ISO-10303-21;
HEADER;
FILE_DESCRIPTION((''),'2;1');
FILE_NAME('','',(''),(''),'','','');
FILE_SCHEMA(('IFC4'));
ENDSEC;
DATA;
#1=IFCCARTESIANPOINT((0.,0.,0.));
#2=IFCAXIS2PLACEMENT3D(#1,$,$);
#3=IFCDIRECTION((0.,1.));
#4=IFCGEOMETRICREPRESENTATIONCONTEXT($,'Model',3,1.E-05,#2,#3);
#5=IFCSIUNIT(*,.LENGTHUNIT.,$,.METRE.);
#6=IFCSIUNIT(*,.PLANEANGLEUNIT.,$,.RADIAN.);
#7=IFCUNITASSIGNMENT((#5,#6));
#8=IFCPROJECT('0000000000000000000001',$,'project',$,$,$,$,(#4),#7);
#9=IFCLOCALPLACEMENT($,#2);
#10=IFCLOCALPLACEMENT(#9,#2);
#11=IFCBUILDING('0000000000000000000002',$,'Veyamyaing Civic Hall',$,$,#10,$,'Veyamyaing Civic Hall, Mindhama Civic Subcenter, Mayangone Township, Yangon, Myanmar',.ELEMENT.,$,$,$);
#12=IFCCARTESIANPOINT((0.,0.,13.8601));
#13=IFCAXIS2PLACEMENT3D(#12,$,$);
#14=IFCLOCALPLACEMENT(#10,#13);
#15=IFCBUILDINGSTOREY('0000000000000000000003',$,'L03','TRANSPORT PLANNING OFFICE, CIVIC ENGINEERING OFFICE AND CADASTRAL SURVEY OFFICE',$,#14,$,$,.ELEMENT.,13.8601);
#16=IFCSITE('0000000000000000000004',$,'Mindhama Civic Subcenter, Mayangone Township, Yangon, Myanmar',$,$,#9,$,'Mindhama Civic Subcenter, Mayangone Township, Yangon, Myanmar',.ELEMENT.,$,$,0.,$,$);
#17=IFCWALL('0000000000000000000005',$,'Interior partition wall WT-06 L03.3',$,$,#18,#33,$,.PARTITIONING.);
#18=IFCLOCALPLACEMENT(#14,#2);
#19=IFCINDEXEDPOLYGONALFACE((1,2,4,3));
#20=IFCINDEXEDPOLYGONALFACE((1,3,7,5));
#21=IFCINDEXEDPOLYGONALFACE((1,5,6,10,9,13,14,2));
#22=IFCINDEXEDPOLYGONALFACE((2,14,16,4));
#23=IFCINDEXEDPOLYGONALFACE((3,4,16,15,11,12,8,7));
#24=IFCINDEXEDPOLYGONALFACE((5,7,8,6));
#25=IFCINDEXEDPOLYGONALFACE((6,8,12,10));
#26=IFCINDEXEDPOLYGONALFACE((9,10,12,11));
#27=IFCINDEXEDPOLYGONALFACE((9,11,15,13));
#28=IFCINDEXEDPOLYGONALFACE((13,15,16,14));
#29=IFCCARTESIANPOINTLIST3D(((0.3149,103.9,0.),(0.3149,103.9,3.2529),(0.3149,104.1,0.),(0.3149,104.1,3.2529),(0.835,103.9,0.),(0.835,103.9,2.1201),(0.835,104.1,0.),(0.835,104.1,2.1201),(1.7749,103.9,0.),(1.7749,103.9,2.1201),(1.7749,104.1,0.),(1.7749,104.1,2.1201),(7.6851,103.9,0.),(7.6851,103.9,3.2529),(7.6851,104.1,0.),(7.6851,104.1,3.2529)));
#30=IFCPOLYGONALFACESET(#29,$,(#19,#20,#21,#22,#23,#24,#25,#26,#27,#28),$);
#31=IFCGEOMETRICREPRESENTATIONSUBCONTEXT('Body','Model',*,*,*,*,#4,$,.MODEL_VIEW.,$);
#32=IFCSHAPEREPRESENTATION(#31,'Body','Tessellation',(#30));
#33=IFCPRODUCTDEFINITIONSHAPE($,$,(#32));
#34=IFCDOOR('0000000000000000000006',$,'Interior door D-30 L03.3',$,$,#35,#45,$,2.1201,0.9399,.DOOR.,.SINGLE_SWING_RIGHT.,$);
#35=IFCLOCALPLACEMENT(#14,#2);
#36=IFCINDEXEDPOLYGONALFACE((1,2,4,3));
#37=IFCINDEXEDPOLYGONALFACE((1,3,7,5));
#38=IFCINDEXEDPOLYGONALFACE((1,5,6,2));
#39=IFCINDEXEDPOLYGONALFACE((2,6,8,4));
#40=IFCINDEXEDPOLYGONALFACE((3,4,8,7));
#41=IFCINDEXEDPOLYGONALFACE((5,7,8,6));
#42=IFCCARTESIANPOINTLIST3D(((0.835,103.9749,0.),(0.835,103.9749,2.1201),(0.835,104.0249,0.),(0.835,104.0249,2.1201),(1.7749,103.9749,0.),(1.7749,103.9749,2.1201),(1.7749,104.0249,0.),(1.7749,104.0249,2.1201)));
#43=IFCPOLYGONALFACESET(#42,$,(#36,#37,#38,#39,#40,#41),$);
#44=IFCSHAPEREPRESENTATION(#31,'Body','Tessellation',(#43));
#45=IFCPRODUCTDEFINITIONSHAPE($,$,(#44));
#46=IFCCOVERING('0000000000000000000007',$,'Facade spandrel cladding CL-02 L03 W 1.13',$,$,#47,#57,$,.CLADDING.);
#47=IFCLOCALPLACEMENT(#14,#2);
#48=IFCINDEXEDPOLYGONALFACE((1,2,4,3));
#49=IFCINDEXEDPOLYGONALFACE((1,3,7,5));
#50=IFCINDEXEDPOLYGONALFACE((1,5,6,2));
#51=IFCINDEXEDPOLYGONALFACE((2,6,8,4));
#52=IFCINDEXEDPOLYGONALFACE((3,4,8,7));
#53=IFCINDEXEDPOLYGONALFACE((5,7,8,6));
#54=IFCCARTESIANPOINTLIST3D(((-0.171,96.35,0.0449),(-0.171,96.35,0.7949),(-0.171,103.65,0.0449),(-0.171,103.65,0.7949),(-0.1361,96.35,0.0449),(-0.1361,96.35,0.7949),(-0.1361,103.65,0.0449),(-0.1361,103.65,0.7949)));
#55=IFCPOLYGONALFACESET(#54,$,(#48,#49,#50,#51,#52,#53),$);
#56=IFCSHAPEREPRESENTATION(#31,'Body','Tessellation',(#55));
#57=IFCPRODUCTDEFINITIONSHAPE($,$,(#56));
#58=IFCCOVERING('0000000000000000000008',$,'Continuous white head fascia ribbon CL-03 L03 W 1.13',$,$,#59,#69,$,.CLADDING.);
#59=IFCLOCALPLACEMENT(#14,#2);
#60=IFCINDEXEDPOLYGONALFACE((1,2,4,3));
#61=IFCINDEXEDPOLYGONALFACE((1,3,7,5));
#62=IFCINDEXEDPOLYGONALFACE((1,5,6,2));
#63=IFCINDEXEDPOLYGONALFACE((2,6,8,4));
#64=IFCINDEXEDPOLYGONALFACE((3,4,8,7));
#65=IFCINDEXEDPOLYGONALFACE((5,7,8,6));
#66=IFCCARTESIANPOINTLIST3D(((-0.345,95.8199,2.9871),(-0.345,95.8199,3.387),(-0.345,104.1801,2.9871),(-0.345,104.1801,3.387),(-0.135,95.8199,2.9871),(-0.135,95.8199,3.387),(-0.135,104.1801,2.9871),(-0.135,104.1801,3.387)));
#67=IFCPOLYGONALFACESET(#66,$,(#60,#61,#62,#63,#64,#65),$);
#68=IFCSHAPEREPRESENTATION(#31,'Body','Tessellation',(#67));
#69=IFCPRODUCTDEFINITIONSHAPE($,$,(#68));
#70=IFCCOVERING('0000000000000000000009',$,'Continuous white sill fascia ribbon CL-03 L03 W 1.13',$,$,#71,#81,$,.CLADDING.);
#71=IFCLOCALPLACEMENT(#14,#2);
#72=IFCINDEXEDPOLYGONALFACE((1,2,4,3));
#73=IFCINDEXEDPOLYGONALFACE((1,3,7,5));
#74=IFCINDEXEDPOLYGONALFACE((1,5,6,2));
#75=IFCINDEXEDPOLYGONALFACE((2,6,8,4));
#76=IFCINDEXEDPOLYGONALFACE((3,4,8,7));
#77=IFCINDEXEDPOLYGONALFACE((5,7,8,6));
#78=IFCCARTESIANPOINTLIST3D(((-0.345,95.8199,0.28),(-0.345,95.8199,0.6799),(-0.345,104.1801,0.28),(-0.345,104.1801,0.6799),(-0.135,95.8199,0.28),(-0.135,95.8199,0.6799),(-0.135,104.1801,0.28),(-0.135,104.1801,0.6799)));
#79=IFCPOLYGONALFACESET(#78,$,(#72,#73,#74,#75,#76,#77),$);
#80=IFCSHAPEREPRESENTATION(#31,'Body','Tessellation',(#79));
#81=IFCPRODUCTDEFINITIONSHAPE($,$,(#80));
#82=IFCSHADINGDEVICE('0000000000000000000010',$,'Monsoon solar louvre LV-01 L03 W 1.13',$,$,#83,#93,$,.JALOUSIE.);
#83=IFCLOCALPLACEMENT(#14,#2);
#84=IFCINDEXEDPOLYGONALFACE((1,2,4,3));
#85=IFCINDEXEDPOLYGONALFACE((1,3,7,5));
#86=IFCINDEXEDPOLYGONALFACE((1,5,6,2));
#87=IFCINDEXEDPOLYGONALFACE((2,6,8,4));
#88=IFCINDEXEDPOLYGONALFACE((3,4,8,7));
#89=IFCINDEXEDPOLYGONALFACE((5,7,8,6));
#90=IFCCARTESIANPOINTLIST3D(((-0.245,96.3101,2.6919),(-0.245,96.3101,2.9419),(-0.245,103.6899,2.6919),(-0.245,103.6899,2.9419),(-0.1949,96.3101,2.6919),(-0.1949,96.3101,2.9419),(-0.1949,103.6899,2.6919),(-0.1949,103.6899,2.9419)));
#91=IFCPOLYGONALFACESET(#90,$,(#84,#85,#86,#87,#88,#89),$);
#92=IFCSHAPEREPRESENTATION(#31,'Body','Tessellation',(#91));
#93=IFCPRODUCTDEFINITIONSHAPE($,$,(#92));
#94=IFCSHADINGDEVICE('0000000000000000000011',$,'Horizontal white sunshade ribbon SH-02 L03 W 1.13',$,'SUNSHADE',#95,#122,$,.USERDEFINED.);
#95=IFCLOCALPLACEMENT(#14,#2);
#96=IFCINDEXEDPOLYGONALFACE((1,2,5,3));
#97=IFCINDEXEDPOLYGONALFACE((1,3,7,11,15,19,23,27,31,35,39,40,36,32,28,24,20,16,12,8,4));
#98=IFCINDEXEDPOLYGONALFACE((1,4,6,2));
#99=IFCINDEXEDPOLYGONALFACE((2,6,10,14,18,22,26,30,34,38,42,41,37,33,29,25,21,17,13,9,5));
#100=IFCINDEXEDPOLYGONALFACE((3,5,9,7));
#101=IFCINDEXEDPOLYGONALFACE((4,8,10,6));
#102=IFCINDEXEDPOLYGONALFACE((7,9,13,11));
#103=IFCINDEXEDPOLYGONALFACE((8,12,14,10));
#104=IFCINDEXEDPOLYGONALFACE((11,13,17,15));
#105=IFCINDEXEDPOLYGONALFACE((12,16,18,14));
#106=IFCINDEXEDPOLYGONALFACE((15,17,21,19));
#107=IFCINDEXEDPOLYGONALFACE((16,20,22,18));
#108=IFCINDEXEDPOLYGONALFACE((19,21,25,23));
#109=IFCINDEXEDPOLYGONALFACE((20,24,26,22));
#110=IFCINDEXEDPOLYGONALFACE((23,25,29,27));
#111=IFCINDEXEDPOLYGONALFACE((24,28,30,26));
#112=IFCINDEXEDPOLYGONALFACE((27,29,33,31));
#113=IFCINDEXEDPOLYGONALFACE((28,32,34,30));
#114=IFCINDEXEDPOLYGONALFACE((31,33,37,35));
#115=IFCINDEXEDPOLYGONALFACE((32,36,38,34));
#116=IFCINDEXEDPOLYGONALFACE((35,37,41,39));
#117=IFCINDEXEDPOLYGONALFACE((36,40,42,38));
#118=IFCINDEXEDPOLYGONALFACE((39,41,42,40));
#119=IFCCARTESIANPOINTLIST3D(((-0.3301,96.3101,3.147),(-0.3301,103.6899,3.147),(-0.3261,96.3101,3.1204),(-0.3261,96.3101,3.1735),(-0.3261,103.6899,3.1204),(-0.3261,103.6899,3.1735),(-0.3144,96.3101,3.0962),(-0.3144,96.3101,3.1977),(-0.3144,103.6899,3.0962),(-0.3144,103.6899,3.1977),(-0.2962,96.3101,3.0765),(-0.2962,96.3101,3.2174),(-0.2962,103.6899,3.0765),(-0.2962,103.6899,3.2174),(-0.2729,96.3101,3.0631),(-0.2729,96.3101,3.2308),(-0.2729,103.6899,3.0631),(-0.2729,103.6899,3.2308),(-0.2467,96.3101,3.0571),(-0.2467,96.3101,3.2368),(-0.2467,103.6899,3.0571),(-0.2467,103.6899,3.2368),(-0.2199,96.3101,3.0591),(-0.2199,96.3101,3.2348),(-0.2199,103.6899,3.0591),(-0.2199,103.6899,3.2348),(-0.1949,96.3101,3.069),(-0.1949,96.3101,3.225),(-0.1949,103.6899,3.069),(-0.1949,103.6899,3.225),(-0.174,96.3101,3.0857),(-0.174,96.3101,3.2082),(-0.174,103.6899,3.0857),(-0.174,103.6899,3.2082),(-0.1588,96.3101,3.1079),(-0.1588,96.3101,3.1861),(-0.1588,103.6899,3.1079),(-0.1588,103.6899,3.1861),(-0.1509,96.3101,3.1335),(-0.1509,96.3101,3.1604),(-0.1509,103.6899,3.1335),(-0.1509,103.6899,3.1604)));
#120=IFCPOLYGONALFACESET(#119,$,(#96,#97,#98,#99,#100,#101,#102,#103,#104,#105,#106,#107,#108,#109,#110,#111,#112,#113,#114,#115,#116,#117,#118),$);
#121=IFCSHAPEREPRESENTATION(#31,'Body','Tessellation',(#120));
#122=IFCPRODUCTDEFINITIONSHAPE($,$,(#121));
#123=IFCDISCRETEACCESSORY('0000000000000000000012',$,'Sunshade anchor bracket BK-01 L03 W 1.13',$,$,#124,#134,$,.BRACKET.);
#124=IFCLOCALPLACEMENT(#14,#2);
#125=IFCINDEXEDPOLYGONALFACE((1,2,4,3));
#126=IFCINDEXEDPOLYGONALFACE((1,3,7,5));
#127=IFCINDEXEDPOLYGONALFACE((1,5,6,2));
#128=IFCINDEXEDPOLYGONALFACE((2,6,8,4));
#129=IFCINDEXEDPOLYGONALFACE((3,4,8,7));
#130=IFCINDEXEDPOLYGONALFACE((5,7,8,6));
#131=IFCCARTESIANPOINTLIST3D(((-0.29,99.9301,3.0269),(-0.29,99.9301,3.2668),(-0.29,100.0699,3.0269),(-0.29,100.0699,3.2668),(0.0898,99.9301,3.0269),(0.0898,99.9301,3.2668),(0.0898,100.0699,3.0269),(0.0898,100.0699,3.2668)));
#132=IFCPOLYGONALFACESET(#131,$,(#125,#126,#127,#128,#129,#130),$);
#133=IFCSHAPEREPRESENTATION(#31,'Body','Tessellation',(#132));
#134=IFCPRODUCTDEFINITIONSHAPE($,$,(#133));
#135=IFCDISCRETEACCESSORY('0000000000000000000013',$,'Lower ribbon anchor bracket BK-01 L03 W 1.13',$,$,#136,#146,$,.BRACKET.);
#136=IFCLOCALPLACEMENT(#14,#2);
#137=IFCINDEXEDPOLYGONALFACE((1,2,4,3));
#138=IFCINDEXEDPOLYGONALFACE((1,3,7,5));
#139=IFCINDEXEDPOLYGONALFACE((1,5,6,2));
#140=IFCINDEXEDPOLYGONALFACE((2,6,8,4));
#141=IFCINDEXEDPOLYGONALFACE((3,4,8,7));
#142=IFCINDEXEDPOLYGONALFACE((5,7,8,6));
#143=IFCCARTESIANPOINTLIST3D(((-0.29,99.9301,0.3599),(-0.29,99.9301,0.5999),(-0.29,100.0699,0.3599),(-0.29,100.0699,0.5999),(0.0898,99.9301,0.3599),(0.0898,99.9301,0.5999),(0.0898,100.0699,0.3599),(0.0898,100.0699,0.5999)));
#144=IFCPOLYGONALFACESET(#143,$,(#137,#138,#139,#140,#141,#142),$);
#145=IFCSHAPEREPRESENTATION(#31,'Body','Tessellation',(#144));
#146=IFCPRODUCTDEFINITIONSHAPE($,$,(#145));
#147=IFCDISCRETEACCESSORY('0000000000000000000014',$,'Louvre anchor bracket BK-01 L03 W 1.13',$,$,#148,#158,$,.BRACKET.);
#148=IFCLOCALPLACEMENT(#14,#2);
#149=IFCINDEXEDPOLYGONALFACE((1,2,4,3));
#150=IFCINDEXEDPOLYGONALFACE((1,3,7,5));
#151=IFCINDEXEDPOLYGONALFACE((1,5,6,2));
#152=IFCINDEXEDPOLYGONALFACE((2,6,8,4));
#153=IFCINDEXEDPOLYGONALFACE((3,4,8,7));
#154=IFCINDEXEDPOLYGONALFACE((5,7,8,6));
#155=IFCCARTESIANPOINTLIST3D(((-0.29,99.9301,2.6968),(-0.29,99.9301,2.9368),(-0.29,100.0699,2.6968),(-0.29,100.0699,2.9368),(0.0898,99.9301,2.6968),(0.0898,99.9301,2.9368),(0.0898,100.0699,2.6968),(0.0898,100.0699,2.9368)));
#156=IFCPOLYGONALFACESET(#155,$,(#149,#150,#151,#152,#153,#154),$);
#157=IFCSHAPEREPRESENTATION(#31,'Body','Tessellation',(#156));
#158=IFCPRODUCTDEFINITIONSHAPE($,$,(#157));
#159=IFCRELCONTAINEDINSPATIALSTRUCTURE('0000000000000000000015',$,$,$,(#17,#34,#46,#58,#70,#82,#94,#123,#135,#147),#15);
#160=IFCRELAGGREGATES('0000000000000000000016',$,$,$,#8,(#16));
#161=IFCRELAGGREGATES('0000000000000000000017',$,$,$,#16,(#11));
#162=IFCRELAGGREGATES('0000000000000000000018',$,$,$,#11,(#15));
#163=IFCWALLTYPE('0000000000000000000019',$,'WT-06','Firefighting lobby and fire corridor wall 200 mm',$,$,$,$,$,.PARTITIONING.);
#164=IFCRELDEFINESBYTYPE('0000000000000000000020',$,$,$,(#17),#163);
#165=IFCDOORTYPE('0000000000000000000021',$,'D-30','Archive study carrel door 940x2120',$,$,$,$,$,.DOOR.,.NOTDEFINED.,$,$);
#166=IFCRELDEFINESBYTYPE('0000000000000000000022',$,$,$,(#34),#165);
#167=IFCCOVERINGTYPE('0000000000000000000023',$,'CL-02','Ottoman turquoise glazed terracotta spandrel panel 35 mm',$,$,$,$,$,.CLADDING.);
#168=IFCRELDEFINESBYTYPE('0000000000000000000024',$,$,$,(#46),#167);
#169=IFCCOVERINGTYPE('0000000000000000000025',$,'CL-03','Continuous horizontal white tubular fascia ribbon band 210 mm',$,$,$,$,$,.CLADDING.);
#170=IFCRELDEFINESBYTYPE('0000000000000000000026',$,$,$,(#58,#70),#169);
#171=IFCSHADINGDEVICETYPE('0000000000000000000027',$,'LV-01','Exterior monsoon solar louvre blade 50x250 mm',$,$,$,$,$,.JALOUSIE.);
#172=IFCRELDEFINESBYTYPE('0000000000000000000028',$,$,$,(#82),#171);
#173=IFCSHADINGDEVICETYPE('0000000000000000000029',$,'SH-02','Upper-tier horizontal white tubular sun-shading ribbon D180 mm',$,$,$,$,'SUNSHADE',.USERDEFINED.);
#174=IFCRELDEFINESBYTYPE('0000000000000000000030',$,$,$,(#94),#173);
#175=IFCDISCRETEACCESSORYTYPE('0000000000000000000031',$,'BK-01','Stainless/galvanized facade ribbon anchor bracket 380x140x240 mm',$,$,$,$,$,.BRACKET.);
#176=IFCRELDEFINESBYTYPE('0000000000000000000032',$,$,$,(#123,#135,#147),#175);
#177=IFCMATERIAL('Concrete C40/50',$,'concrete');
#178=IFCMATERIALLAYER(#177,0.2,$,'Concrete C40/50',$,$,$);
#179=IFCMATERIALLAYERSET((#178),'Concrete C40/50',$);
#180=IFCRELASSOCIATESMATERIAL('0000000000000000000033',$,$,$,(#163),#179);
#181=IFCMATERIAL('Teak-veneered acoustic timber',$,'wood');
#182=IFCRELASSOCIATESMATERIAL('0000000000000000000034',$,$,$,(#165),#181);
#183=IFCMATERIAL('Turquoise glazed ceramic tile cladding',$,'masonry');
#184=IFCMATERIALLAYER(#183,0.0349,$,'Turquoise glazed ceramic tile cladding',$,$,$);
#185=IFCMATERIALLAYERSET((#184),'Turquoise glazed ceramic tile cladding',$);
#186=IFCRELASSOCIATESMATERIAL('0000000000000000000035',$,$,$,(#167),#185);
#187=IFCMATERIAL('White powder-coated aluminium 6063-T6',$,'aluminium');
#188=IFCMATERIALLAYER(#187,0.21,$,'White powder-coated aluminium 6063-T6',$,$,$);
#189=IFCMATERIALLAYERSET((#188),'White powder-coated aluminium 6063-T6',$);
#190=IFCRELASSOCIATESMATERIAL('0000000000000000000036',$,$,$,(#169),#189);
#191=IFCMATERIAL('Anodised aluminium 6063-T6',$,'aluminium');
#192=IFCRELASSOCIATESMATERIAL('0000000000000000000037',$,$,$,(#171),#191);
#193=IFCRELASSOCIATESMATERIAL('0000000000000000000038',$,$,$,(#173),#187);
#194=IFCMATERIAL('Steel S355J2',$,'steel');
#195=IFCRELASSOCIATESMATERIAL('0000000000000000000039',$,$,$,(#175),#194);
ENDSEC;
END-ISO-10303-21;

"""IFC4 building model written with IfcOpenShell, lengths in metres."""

from ifc_helpers import new_model, si_unit, direction, frame, frame_2d, origin, origin_2d, place, context, subcontext, project, spatial, rectangle, circle, extrude, material, layer, layer_set, material_profile, profile_set, type_object, element, fill, save


model = new_model("IFC4")

# Units and contexts
model_context = context("Model", 3, precision=1e-05, world=origin(), true_north=direction((0.0, 1.0)))
body_context = subcontext(model_context, "Body", "Model", "MODEL_VIEW")
ifc_project = project(units=[si_unit("LENGTHUNIT", "METRE"), si_unit("PLANEANGLEUNIT", "RADIAN")], contexts=[model_context])

# Site, building, storey
site_placement = place(None, origin())
site = spatial("IfcSite", under=ifc_project, at=site_placement, Name="Mindhama Civic Subcenter, Mayangone Township, Yangon, Myanmar", LongName="Mindhama Civic Subcenter, Mayangone Township, Yangon, Myanmar", CompositionType="ELEMENT", RefElevation=0.0)
building_placement = place(site_placement, origin())
building = spatial("IfcBuilding", under=site, at=building_placement, Name="Veyamyaing Civic Hall", LongName="Veyamyaing Civic Hall, Mindhama Civic Subcenter, Mayangone Township, Yangon, Myanmar", CompositionType="ELEMENT")
storey_placement = place(building_placement, frame((0.0, 0.0, 13.8601)))
storey = spatial("IfcBuildingStorey", under=building, at=storey_placement, Name="L03", Description="TRANSPORT PLANNING OFFICE, CIVIC ENGINEERING OFFICE AND CADASTRAL SURVEY OFFICE", CompositionType="ELEMENT", Elevation=13.8601)

# Shared definitions
ifc_material_1 = material(Name="Steel S355J2", Category="steel")

# Wall, opening, door
ifc_material_2 = material(Name="Concrete C40/50", Category="concrete")
ifc_layer_1 = layer(ifc_material_2, 0.2, Name="Concrete C40/50")
ifc_layer_set_1 = layer_set([ifc_layer_1], Name="Concrete C40/50")
wall_type_1 = type_object("IfcWallType", Name="WT-06", Description="Firefighting lobby and fire corridor wall 200 mm", PredefinedType="PARTITIONING", material=ifc_layer_set_1)
wall_1_placement = place(storey_placement, frame((0.3149, 104.0, 0.0), z_axis=(0.0, 0.0, 1.0), x_axis=(1.0, 0.0, 0.0)))
wall_1 = element("IfcWall", 1, at=wall_1_placement, inside=storey, type_object=wall_type_1, Name="Interior partition wall WT-06 L03.3", PredefinedType="PARTITIONING", context=body_context, shape_type="SweptSolid", body=[
    extrude(rectangle(XDim=7.3701, YDim=0.2, at=frame_2d((3.6851, 0.0))), origin(), (0.0, 0.0, 1.0), 3.2529),
])
opening_1_placement = place(wall_1_placement, frame((0.52, 0.0, 0.0)))
opening_1 = element("IfcOpeningElement", 2, at=opening_1_placement, cuts=wall_1, PredefinedType="OPENING", context=body_context, shape_type="SweptSolid", body=[
    extrude(rectangle(XDim=0.9399, YDim=2.1201, at=frame_2d((0.47, 1.0601))), frame((0.0, 0.1099, 0.0), z_axis=(0.0, -1.0, 0.0), x_axis=(1.0, 0.0, 0.0)), (0.0, 0.0, 1.0), 0.22),
])
ifc_material_3 = material(Name="Teak-veneered acoustic timber", Category="wood")
door_type = type_object("IfcDoorType", Name="D-30", Description="Archive study carrel door 940x2120", OperationType="NOTDEFINED", PredefinedType="DOOR", material=ifc_material_3)
door_placement = place(opening_1_placement, origin())
door = element("IfcDoor", 3, at=door_placement, inside=storey, type_object=door_type, Name="Interior door D-30 L03.3", OperationType="SINGLE_SWING_RIGHT", OverallHeight=2.1201, OverallWidth=0.9399, PredefinedType="DOOR", context=body_context, shape_type="SweptSolid", body=[
    extrude(rectangle(XDim=0.9399, YDim=2.1201, at=frame_2d((0.47, 1.0601))), frame((0.0, 0.0249, 0.0), z_axis=(0.0, -1.0, 0.0), x_axis=(1.0, 0.0, 0.0)), (0.0, 0.0, 1.0), 0.05),
])
fill(opening_1, door)

# Coverings
ifc_material_4 = material(Name="Turquoise glazed ceramic tile cladding", Category="masonry")
ifc_layer_2 = layer(ifc_material_4, 0.0349, Name="Turquoise glazed ceramic tile cladding")
ifc_layer_set_2 = layer_set([ifc_layer_2], Name="Turquoise glazed ceramic tile cladding")
covering_type_1 = type_object("IfcCoveringType", Name="CL-02", Description="Ottoman turquoise glazed terracotta spandrel panel 35 mm", PredefinedType="CLADDING", material=ifc_layer_set_2)
covering_placement = place(storey_placement, frame((-0.1536, 100.0, 0.0449), z_axis=(0.0, 0.0, 1.0), x_axis=(0.0, 1.0, 0.0)))
element("IfcCovering", 4, at=covering_placement, inside=storey, type_object=covering_type_1, Name="Facade spandrel cladding CL-02 L03 W 1.13", PredefinedType="CLADDING", context=body_context, shape_type="SweptSolid", body=[
    extrude(rectangle(XDim=7.3, YDim=0.0349, at=origin_2d()), origin(), (0.0, 0.0, 1.0), 0.75),
])
ifc_material_5 = material(Name="White powder-coated aluminium 6063-T6", Category="aluminium")
ifc_layer_3 = layer(ifc_material_5, 0.21, Name="White powder-coated aluminium 6063-T6")
ifc_layer_set_3 = layer_set([ifc_layer_3], Name="White powder-coated aluminium 6063-T6")
covering_type_2 = type_object("IfcCoveringType", Name="CL-03", Description="Continuous horizontal white tubular fascia ribbon band 210 mm", PredefinedType="CLADDING", material=ifc_layer_set_3)
for number, where, z_axis, x_axis, name in (
    (5, (-0.24, 100.0, 2.9871), (0.0, 0.0, 1.0), (0.0, 1.0, 0.0), "Continuous white head fascia ribbon CL-03 L03 W 1.13"),
    (6, (-0.24, 100.0, 0.28), (0.0, 0.0, 1.0), (0.0, 1.0, 0.0), "Continuous white sill fascia ribbon CL-03 L03 W 1.13"),
):
    element("IfcCovering", number, at=place(storey_placement, frame(where, z_axis=z_axis, x_axis=x_axis)), inside=storey, type_object=covering_type_2, Name=name, PredefinedType="CLADDING", context=body_context, shape_type="SweptSolid", body=[
        extrude(rectangle(XDim=8.3601, YDim=0.21, at=origin_2d()), origin(), (0.0, 0.0, 1.0), 0.3999),
    ])

# Shading devices
ifc_material_6 = material(Name="Anodised aluminium 6063-T6", Category="aluminium")
ifc_material_profile_1 = material_profile(ifc_material_6, rectangle(XDim=0.05, YDim=0.25, at=origin_2d()), Name="LOUVRE-BLADE-50X250")
ifc_profile_set_1 = profile_set([ifc_material_profile_1], Name="Anodised aluminium 6063-T6")
shading_device_type_1 = type_object("IfcShadingDeviceType", Name="LV-01", Description="Exterior monsoon solar louvre blade 50x250 mm", PredefinedType="JALOUSIE", material=ifc_profile_set_1)
shading_device_1_placement = place(storey_placement, frame((-0.22, 96.3101, 2.8169), z_axis=(0.0, 1.0, 0.0), x_axis=(-1.0, 0.0, 0.0)))
element("IfcShadingDevice", 7, at=shading_device_1_placement, inside=storey, type_object=shading_device_type_1, Name="Monsoon solar louvre LV-01 L03 W 1.13", PredefinedType="JALOUSIE", context=body_context, shape_type="SweptSolid", body=[
    extrude(rectangle(XDim=0.05, YDim=0.25, at=origin_2d()), origin(), (0.0, 0.0, 1.0), 7.3799),
])
ifc_material_profile_2 = material_profile(ifc_material_5, circle(Radius=0.0901, at=origin_2d()), Name="SHADE-TUBE-180")
ifc_profile_set_2 = profile_set([ifc_material_profile_2], Name="White powder-coated aluminium 6063-T6")
shading_device_type_2 = type_object("IfcShadingDeviceType", Name="SH-02", Description="Upper-tier horizontal white tubular sun-shading ribbon D180 mm", ElementType="SUNSHADE", PredefinedType="USERDEFINED", material=ifc_profile_set_2)
shading_device_2_placement = place(storey_placement, frame((-0.24, 96.3101, 3.147), z_axis=(0.0, 1.0, 0.0), x_axis=(-1.0, 0.0, 0.0)))
element("IfcShadingDevice", 8, at=shading_device_2_placement, inside=storey, type_object=shading_device_type_2, Name="Horizontal white sunshade ribbon SH-02 L03 W 1.13", ObjectType="SUNSHADE", PredefinedType="USERDEFINED", context=body_context, shape_type="SweptSolid", body=[
    extrude(circle(Radius=0.0901, at=origin_2d()), origin(), (0.0, 0.0, 1.0), 7.3799),
])

# Discrete accessories
discrete_accessory_type = type_object("IfcDiscreteAccessoryType", Name="BK-01", Description="Stainless/galvanized facade ribbon anchor bracket 380x140x240 mm", PredefinedType="BRACKET", material=ifc_material_1)
for number, where, z_axis, x_axis, name in (
    (9, (-0.1001, 100.0, 3.0269), (0.0, 0.0, 1.0), (-1.0, 0.0, 0.0), "Sunshade anchor bracket BK-01 L03 W 1.13"),
    (10, (-0.1001, 100.0, 0.3599), (0.0, 0.0, 1.0), (-1.0, 0.0, 0.0), "Lower ribbon anchor bracket BK-01 L03 W 1.13"),
    (11, (-0.1001, 100.0, 2.6968), (0.0, 0.0, 1.0), (-1.0, 0.0, 0.0), "Louvre anchor bracket BK-01 L03 W 1.13"),
):
    element("IfcDiscreteAccessory", number, at=place(storey_placement, frame(where, z_axis=z_axis, x_axis=x_axis)), inside=storey, type_object=discrete_accessory_type, Name=name, PredefinedType="BRACKET", context=body_context, shape_type="SweptSolid", body=[
        extrude(rectangle(XDim=0.3799, YDim=0.1399, at=origin_2d()), origin(), (0.0, 0.0, 1.0), 0.24),
    ])

save(model, "model.ifc")
